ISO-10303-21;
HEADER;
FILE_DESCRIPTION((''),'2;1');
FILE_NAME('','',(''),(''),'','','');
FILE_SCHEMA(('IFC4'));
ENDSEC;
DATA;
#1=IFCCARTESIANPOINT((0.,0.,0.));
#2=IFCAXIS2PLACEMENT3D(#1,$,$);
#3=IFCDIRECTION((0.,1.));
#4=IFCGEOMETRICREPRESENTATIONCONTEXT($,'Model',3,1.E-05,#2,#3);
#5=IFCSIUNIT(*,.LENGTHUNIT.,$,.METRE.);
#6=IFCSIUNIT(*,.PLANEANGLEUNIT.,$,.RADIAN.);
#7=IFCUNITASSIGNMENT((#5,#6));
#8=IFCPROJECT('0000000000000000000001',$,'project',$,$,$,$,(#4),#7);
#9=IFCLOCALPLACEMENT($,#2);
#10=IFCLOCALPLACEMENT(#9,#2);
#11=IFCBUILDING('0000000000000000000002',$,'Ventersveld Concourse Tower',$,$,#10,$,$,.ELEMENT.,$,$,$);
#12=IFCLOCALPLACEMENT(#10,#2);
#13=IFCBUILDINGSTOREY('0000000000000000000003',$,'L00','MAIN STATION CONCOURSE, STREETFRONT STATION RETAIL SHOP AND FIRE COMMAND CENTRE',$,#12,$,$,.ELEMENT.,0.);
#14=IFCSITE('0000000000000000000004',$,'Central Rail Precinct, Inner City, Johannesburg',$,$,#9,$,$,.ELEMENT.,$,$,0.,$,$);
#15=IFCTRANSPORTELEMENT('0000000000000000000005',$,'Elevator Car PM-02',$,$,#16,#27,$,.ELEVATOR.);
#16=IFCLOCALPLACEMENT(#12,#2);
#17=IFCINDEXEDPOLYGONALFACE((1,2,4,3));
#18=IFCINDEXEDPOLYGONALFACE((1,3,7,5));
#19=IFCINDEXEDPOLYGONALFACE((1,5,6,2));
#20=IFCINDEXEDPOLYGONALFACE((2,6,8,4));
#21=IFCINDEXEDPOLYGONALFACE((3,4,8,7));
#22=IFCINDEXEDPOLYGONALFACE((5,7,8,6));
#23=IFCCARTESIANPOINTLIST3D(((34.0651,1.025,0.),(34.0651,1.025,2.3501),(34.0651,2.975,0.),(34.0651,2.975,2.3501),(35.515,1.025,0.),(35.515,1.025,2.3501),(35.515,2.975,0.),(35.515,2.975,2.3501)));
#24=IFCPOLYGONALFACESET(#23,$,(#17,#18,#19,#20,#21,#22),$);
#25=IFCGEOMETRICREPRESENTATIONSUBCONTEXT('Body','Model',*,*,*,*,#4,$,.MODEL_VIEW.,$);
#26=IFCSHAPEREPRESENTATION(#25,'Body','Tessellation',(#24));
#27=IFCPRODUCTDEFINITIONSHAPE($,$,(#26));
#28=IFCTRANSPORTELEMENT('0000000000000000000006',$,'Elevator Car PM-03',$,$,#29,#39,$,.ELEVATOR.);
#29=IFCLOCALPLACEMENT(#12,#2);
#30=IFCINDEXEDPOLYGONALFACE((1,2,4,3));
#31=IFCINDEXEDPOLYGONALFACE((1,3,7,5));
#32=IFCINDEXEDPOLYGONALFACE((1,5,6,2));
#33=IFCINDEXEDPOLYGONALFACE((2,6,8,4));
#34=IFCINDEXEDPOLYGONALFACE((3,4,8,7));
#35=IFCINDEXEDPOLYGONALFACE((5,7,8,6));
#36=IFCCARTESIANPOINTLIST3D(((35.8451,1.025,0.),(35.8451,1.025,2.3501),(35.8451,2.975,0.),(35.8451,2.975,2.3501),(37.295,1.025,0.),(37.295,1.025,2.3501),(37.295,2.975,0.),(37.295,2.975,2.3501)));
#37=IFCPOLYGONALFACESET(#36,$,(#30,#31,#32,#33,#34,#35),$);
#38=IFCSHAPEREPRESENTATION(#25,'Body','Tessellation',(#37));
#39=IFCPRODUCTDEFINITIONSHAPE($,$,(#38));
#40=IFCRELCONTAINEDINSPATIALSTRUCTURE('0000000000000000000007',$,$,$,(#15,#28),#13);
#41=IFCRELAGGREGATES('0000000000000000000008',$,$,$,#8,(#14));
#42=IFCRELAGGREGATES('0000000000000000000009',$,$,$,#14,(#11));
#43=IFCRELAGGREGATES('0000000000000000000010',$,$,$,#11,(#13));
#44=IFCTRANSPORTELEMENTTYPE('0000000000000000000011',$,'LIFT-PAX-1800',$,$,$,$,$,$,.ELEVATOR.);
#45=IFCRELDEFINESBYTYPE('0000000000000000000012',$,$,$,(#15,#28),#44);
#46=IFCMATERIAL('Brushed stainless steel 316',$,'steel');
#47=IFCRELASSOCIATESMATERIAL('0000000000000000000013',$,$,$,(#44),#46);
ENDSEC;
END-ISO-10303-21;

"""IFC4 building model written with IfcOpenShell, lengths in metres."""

from ifc_helpers import new_model, si_unit, direction, frame, origin, origin_2d, place, context, subcontext, project, spatial, rectangle, extrude, material, type_object, element, save


model = new_model("IFC4")

# Units and contexts
model_context = context("Model", 3, precision=1e-05, world=origin(), true_north=direction((0.0, 1.0)))
body_context = subcontext(model_context, "Body", "Model", "MODEL_VIEW")
ifc_project = project(units=[si_unit("LENGTHUNIT", "METRE"), si_unit("PLANEANGLEUNIT", "RADIAN")], contexts=[model_context])

# Site, building, storey
site_placement = place(None, origin())
site = spatial("IfcSite", under=ifc_project, at=site_placement, Name="Central Rail Precinct, Inner City, Johannesburg", CompositionType="ELEMENT", RefElevation=0.0)
building_placement = place(site_placement, origin())
building = spatial("IfcBuilding", under=site, at=building_placement, Name="Ventersveld Concourse Tower", CompositionType="ELEMENT")
storey_placement = place(building_placement, origin())
storey = spatial("IfcBuildingStorey", under=building, at=storey_placement, Name="L00", Description="MAIN STATION CONCOURSE, STREETFRONT STATION RETAIL SHOP AND FIRE COMMAND CENTRE", CompositionType="ELEMENT", Elevation=0.0)

# Shared definitions
ifc_material_1 = material(Name="Brushed stainless steel 316", Category="steel")

# Transport elements
transport_element_type = type_object("IfcTransportElementType", Name="LIFT-PAX-1800", PredefinedType="ELEVATOR", material=ifc_material_1)
for number, where, z_axis, x_axis, name in (
    (1, (34.79, 2.0, 0.0), (0.0, 0.0, 1.0), (1.0, 0.0, 0.0), "Elevator Car PM-02"),
    (2, (36.5701, 2.0, 0.0), (0.0, 0.0, 1.0), (1.0, 0.0, 0.0), "Elevator Car PM-03"),
):
    element("IfcTransportElement", number, at=place(storey_placement, frame(where, z_axis=z_axis, x_axis=x_axis)), inside=storey, type_object=transport_element_type, Name=name, PredefinedType="ELEVATOR", context=body_context, shape_type="SweptSolid", body=[
        extrude(rectangle(XDim=1.45, YDim=1.95, at=origin_2d()), origin(), (0.0, 0.0, 1.0), 2.3501),
    ])

save(model, "model.ifc")
